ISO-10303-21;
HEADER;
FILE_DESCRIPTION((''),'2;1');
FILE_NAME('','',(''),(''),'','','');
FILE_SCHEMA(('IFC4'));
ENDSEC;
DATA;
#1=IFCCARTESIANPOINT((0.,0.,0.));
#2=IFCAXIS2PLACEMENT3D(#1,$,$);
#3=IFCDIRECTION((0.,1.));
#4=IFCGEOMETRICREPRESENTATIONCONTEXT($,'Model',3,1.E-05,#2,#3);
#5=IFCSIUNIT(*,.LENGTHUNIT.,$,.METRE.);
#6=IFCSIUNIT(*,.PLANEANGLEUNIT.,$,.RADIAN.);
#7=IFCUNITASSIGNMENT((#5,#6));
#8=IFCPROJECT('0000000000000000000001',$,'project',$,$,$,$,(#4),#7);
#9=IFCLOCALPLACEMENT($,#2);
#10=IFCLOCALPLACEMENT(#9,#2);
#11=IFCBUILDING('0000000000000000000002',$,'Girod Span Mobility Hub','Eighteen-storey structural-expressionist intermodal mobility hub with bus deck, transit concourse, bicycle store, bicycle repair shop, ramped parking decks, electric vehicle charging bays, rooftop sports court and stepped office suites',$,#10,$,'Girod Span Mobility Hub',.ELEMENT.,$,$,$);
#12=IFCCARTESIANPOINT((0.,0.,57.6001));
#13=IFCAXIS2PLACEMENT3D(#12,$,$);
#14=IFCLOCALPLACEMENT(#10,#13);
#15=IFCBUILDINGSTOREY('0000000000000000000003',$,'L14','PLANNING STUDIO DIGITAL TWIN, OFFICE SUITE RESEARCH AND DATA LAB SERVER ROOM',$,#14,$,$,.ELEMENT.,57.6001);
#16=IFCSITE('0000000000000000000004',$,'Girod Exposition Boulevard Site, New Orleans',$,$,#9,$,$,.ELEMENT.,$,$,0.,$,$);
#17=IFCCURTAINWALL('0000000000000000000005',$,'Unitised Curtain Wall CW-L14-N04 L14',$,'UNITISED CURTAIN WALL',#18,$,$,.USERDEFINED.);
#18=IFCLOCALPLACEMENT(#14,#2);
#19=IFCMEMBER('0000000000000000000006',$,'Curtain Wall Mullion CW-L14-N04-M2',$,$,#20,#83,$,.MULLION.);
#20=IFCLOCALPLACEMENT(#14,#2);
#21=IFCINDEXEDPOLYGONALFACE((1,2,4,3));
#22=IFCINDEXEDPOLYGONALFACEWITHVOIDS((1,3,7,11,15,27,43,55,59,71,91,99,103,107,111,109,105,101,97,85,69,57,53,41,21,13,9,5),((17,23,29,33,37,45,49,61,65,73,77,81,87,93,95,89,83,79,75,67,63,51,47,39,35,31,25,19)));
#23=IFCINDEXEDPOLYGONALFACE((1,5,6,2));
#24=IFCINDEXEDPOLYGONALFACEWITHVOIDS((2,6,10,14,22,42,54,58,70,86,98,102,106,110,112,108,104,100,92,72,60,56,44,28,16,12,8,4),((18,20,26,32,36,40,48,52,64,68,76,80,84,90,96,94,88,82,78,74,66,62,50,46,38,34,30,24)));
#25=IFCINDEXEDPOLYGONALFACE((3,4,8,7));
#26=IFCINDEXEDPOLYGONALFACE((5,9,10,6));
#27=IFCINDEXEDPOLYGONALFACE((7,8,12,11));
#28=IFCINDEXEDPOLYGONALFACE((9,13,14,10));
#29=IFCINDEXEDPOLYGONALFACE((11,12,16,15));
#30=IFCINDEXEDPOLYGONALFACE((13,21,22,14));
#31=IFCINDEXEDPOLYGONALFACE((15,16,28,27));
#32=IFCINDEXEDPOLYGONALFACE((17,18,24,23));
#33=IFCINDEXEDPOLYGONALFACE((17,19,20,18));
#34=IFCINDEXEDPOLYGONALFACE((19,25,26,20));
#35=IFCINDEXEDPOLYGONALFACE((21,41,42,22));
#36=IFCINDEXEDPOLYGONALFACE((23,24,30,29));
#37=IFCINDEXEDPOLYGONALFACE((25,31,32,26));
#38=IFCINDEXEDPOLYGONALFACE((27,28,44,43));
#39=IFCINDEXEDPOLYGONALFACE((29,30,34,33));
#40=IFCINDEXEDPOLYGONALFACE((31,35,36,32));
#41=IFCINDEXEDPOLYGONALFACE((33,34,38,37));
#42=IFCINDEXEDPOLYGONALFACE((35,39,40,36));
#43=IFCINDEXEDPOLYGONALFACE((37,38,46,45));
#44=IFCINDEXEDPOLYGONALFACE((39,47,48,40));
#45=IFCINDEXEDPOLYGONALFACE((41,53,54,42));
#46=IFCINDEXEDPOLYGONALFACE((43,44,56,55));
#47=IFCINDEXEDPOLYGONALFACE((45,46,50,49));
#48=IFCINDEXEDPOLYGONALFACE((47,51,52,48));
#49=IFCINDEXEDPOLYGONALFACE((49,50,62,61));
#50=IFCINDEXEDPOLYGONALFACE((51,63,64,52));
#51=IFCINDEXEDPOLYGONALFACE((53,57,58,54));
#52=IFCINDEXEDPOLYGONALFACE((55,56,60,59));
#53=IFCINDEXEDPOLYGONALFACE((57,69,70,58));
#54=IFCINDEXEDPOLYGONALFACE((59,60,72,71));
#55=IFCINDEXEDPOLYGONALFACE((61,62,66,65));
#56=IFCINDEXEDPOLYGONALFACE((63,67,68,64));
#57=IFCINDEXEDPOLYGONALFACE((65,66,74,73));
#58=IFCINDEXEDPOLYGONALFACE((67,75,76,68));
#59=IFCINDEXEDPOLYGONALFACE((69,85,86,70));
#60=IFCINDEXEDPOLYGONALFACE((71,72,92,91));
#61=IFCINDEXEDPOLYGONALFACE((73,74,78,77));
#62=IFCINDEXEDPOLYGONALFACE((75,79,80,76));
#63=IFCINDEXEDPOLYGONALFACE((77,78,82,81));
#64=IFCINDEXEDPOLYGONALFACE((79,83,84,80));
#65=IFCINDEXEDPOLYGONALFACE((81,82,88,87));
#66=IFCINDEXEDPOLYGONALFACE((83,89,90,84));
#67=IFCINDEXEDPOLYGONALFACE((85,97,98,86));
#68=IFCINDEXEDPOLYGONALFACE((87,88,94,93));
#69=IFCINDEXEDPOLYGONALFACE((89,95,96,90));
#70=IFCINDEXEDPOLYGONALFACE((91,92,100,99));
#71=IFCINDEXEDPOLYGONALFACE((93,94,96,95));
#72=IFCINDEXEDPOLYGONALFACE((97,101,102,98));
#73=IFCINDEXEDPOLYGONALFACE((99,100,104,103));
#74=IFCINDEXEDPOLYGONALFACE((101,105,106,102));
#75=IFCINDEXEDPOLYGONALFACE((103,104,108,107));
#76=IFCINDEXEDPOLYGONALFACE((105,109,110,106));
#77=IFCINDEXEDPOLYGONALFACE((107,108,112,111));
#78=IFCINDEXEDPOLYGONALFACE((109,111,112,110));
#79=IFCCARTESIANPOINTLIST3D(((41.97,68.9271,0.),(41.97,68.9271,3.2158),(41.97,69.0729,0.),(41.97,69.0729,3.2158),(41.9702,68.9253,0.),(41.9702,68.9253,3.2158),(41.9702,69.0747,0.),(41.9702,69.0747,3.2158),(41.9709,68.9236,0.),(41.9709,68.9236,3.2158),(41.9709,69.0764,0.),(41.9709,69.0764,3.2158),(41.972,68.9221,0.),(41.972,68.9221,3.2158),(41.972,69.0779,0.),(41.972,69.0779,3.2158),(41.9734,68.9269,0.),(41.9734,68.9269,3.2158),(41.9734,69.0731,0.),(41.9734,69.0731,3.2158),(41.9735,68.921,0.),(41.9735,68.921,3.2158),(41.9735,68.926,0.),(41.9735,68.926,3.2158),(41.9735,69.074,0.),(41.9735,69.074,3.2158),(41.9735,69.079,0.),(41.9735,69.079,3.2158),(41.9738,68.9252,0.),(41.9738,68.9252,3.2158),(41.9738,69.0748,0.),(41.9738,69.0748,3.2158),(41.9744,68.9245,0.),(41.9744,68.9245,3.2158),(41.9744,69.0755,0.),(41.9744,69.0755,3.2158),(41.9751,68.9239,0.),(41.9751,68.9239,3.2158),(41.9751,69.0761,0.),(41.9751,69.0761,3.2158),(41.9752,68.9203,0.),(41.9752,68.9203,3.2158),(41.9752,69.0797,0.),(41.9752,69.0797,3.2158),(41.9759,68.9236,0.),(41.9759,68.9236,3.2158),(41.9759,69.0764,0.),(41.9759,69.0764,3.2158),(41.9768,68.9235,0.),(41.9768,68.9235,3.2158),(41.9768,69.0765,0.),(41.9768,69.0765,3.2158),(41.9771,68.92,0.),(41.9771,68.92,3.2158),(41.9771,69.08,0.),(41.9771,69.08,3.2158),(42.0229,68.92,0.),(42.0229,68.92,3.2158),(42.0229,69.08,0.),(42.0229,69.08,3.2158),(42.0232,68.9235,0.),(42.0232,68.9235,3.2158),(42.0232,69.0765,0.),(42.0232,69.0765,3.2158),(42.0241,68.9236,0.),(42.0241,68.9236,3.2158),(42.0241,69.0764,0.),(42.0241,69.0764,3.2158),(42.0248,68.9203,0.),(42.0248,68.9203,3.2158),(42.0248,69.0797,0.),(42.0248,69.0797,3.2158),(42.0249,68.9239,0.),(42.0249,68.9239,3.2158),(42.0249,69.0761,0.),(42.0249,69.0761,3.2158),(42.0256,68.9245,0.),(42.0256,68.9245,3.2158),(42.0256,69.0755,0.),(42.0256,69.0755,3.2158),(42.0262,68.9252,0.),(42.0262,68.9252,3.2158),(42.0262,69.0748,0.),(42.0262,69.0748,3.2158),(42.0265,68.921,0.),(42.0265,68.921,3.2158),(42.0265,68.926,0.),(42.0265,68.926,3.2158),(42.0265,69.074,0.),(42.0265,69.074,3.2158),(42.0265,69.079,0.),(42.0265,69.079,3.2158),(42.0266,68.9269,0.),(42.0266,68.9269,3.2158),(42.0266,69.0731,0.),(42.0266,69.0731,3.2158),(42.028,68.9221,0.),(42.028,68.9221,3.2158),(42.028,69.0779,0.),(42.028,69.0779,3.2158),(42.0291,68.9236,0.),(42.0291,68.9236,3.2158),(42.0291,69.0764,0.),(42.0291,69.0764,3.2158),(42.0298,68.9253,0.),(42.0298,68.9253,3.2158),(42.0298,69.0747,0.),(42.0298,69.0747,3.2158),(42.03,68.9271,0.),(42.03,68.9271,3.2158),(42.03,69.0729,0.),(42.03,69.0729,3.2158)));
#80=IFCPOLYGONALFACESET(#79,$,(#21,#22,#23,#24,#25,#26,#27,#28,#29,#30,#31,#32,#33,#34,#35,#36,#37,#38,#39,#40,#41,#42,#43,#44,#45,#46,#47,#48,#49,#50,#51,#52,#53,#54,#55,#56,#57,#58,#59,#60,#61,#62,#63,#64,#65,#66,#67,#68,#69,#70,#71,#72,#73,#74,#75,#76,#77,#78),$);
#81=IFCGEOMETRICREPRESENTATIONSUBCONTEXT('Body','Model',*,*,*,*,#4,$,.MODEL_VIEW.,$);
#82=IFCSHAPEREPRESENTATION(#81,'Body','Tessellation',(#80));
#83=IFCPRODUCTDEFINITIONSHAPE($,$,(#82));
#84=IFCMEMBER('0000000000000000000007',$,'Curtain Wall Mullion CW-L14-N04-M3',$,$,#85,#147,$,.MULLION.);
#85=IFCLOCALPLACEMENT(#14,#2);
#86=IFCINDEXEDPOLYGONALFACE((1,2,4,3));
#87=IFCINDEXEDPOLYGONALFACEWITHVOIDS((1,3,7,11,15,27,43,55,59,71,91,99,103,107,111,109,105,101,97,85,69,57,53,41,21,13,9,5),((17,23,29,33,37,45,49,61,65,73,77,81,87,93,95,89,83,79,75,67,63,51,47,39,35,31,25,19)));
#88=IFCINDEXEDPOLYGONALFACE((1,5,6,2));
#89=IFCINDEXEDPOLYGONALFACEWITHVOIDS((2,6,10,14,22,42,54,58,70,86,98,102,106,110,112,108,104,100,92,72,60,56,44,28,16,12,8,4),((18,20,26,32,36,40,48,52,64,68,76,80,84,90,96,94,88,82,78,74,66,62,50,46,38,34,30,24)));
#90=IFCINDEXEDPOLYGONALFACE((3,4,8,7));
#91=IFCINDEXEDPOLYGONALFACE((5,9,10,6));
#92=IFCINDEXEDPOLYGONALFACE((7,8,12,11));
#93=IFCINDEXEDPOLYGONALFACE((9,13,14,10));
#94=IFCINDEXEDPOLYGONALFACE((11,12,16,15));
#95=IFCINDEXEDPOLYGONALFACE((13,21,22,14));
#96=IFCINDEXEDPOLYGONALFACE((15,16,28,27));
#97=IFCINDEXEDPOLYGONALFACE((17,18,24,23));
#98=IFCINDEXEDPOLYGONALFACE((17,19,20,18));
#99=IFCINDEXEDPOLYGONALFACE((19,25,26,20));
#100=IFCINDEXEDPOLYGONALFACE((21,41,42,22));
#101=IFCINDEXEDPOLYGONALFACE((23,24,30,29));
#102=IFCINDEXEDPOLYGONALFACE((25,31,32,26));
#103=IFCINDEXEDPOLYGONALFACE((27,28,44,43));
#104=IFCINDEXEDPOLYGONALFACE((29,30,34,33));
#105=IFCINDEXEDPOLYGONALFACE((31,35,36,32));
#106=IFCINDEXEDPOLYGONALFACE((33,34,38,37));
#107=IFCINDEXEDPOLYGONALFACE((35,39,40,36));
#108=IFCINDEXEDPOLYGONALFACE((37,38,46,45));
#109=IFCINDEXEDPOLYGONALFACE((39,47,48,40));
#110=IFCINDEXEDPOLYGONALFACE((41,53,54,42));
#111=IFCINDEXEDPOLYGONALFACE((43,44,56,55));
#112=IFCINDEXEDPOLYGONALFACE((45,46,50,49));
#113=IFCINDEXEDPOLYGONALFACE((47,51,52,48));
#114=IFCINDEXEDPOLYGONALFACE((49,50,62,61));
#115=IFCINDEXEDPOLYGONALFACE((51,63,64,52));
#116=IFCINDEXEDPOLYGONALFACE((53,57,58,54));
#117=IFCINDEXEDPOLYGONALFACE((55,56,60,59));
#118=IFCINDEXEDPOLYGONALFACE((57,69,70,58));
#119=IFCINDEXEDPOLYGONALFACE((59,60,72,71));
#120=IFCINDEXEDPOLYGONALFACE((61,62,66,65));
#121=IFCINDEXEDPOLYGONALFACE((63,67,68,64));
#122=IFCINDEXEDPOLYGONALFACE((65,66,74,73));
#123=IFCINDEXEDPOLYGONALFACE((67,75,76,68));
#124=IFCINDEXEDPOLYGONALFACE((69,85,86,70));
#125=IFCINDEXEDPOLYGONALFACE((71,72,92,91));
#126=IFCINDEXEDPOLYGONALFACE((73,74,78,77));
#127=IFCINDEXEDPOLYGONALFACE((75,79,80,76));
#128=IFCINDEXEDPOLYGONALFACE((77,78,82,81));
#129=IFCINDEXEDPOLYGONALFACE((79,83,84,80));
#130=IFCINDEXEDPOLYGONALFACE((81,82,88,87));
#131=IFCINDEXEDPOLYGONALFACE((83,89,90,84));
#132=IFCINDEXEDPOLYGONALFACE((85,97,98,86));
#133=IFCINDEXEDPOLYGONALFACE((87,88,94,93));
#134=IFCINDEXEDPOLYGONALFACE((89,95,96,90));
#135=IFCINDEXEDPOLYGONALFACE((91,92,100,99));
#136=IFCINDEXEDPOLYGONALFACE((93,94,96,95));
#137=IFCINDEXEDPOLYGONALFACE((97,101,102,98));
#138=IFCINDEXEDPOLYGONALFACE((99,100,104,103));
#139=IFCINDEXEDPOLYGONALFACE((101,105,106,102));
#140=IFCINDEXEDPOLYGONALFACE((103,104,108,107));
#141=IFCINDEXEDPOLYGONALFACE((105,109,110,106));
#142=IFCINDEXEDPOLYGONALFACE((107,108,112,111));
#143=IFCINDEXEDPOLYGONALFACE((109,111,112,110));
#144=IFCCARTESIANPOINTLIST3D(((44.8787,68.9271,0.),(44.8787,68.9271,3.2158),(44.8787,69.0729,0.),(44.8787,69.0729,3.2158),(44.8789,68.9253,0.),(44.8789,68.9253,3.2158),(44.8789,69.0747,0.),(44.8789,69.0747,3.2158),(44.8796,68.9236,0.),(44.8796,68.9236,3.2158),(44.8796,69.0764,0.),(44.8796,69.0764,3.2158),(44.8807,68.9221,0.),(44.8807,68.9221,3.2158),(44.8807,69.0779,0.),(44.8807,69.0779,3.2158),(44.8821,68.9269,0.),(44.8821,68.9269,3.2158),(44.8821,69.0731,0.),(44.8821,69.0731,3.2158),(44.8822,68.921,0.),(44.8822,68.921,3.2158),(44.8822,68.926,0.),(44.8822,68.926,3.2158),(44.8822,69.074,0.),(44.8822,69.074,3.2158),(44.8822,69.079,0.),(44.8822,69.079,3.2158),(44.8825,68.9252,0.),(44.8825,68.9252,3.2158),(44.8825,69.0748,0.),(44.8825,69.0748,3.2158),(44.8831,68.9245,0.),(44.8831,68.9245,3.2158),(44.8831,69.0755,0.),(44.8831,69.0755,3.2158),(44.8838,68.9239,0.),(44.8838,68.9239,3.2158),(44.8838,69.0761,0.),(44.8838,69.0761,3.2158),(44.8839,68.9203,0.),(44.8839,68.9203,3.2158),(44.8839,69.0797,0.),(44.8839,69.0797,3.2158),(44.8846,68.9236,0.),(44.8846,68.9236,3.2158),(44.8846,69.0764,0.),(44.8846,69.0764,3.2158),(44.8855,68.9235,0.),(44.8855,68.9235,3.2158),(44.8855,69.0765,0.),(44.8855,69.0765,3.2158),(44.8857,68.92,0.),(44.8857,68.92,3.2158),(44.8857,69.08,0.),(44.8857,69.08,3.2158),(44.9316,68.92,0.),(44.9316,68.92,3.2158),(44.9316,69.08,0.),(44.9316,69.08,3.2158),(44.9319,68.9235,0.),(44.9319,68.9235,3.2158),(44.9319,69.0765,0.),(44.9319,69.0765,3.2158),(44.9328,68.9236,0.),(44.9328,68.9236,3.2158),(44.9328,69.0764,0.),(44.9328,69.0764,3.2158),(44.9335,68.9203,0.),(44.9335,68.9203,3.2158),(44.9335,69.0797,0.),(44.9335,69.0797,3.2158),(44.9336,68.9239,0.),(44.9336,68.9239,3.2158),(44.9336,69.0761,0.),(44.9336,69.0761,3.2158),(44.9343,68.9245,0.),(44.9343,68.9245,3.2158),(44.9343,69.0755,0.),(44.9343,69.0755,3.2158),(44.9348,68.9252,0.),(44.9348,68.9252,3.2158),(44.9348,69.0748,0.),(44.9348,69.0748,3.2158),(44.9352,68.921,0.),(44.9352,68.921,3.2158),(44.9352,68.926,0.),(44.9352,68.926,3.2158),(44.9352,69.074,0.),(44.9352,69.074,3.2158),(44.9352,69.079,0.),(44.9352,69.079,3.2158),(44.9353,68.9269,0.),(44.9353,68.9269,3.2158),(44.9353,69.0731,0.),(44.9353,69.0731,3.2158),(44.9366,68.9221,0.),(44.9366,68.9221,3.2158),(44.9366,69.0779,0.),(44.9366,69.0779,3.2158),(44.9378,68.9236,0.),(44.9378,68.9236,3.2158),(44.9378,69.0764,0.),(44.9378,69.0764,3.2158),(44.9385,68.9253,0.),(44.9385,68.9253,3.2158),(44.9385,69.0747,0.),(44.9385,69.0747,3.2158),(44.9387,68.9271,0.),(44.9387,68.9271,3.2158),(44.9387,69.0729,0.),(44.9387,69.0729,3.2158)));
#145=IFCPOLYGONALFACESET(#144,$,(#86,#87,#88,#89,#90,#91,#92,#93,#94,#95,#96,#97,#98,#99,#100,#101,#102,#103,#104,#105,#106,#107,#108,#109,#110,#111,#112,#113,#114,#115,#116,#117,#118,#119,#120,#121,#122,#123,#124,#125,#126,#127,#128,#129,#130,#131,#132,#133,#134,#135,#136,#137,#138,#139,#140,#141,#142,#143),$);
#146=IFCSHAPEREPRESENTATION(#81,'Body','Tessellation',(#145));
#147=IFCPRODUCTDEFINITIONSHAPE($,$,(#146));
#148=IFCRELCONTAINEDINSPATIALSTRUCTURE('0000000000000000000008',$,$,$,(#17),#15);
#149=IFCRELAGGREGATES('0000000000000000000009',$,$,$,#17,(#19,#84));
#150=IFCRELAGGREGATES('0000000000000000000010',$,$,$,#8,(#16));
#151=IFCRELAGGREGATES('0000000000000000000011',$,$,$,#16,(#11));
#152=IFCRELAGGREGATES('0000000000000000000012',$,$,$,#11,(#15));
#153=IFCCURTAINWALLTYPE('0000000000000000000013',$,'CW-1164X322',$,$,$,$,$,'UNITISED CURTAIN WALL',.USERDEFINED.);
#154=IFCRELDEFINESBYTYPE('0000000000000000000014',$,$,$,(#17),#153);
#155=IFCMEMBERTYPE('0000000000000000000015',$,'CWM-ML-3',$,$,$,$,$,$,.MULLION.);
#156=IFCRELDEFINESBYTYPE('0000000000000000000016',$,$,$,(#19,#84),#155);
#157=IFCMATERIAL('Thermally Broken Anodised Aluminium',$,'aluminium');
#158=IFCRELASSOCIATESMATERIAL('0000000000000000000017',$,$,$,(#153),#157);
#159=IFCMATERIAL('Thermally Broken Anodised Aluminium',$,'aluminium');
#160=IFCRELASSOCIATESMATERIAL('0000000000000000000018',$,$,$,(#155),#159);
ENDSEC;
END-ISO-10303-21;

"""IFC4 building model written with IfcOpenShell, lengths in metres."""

from ifc_helpers import new_model, si_unit, direction, frame, origin, origin_2d, place, context, subcontext, project, spatial, hollow_rectangle, extrude, material, material_profile, profile_set, type_object, element, aggregate, save


model = new_model("IFC4")

# Units and contexts
model_context = context("Model", 3, precision=1e-05, world=origin(), true_north=direction((0.0, 1.0)))
body_context = subcontext(model_context, "Body", "Model", "MODEL_VIEW")
ifc_project = project(units=[si_unit("LENGTHUNIT", "METRE"), si_unit("PLANEANGLEUNIT", "RADIAN")], contexts=[model_context])

# Site, building, storey
site_placement = place(None, origin())
site = spatial("IfcSite", under=ifc_project, at=site_placement, Name="Girod Exposition Boulevard Site, New Orleans", CompositionType="ELEMENT", RefElevation=0.0)
building_placement = place(site_placement, origin())
building = spatial("IfcBuilding", under=site, at=building_placement, Name="Girod Span Mobility Hub", Description="Eighteen-storey structural-expressionist intermodal mobility hub with bus deck, transit concourse, bicycle store, bicycle repair shop, ramped parking decks, electric vehicle charging bays, rooftop sports court and stepped office suites", LongName="Girod Span Mobility Hub", CompositionType="ELEMENT")
storey_placement = place(building_placement, frame((0.0, 0.0, 57.6001)))
storey = spatial("IfcBuildingStorey", under=building, at=storey_placement, Name="L14", Description="PLANNING STUDIO DIGITAL TWIN, OFFICE SUITE RESEARCH AND DATA LAB SERVER ROOM", CompositionType="ELEMENT", Elevation=57.6001)

# Curtain wall, members
ifc_material_1 = material(Name="Thermally Broken Anodised Aluminium", Category="aluminium")
curtain_wall_type = type_object("IfcCurtainWallType", Name="CW-1164X322", ElementType="UNITISED CURTAIN WALL", PredefinedType="USERDEFINED", material=ifc_material_1)
curtain_wall_placement = place(storey_placement, origin())
curtain_wall = element("IfcCurtainWall", 1, at=curtain_wall_placement, inside=storey, type_object=curtain_wall_type, Name="Unitised Curtain Wall CW-L14-N04 L14", ObjectType="UNITISED CURTAIN WALL", PredefinedType="USERDEFINED")
ifc_material_2 = material(Name="Thermally Broken Anodised Aluminium", Category="aluminium")
ifc_material_profile_1 = material_profile(ifc_material_2, hollow_rectangle(XDim=0.1599, YDim=0.0601, WallThickness=0.0034, InnerFilletRadius=0.0034, OuterFilletRadius=0.0071, at=origin_2d()), Name="CW-ML-60X160")
ifc_profile_set_1 = profile_set([ifc_material_profile_1], Name="Thermally Broken Anodised Aluminium")
member_type_1 = type_object("IfcMemberType", Name="CWM-ML-3", PredefinedType="MULLION", material=ifc_profile_set_1)
member_1_placement = place(storey_placement, frame((42.0, 69.0, 0.0), z_axis=(0.0, 0.0, 1.0), x_axis=(0.0, 1.0, 0.0)))
member_1 = element("IfcMember", 2, at=member_1_placement, type_object=member_type_1, Name="Curtain Wall Mullion CW-L14-N04-M2", PredefinedType="MULLION", context=body_context, shape_type="SweptSolid", body=[
    extrude(hollow_rectangle(XDim=0.1599, YDim=0.0601, WallThickness=0.0034, InnerFilletRadius=0.0034, OuterFilletRadius=0.0071, at=origin_2d()), origin(), (0.0, 0.0, 1.0), 3.2158),
])
member_2_placement = place(storey_placement, frame((44.9087, 69.0, 0.0), z_axis=(0.0, 0.0, 1.0), x_axis=(0.0, 1.0, 0.0)))
member_2 = element("IfcMember", 3, at=member_2_placement, type_object=member_type_1, Name="Curtain Wall Mullion CW-L14-N04-M3", PredefinedType="MULLION", context=body_context, shape_type="SweptSolid", body=[
    extrude(hollow_rectangle(XDim=0.1599, YDim=0.0601, WallThickness=0.0034, InnerFilletRadius=0.0034, OuterFilletRadius=0.0071, at=origin_2d()), origin(), (0.0, 0.0, 1.0), 3.2158),
])
aggregate(curtain_wall, [member_1, member_2])

save(model, "model.ifc")
